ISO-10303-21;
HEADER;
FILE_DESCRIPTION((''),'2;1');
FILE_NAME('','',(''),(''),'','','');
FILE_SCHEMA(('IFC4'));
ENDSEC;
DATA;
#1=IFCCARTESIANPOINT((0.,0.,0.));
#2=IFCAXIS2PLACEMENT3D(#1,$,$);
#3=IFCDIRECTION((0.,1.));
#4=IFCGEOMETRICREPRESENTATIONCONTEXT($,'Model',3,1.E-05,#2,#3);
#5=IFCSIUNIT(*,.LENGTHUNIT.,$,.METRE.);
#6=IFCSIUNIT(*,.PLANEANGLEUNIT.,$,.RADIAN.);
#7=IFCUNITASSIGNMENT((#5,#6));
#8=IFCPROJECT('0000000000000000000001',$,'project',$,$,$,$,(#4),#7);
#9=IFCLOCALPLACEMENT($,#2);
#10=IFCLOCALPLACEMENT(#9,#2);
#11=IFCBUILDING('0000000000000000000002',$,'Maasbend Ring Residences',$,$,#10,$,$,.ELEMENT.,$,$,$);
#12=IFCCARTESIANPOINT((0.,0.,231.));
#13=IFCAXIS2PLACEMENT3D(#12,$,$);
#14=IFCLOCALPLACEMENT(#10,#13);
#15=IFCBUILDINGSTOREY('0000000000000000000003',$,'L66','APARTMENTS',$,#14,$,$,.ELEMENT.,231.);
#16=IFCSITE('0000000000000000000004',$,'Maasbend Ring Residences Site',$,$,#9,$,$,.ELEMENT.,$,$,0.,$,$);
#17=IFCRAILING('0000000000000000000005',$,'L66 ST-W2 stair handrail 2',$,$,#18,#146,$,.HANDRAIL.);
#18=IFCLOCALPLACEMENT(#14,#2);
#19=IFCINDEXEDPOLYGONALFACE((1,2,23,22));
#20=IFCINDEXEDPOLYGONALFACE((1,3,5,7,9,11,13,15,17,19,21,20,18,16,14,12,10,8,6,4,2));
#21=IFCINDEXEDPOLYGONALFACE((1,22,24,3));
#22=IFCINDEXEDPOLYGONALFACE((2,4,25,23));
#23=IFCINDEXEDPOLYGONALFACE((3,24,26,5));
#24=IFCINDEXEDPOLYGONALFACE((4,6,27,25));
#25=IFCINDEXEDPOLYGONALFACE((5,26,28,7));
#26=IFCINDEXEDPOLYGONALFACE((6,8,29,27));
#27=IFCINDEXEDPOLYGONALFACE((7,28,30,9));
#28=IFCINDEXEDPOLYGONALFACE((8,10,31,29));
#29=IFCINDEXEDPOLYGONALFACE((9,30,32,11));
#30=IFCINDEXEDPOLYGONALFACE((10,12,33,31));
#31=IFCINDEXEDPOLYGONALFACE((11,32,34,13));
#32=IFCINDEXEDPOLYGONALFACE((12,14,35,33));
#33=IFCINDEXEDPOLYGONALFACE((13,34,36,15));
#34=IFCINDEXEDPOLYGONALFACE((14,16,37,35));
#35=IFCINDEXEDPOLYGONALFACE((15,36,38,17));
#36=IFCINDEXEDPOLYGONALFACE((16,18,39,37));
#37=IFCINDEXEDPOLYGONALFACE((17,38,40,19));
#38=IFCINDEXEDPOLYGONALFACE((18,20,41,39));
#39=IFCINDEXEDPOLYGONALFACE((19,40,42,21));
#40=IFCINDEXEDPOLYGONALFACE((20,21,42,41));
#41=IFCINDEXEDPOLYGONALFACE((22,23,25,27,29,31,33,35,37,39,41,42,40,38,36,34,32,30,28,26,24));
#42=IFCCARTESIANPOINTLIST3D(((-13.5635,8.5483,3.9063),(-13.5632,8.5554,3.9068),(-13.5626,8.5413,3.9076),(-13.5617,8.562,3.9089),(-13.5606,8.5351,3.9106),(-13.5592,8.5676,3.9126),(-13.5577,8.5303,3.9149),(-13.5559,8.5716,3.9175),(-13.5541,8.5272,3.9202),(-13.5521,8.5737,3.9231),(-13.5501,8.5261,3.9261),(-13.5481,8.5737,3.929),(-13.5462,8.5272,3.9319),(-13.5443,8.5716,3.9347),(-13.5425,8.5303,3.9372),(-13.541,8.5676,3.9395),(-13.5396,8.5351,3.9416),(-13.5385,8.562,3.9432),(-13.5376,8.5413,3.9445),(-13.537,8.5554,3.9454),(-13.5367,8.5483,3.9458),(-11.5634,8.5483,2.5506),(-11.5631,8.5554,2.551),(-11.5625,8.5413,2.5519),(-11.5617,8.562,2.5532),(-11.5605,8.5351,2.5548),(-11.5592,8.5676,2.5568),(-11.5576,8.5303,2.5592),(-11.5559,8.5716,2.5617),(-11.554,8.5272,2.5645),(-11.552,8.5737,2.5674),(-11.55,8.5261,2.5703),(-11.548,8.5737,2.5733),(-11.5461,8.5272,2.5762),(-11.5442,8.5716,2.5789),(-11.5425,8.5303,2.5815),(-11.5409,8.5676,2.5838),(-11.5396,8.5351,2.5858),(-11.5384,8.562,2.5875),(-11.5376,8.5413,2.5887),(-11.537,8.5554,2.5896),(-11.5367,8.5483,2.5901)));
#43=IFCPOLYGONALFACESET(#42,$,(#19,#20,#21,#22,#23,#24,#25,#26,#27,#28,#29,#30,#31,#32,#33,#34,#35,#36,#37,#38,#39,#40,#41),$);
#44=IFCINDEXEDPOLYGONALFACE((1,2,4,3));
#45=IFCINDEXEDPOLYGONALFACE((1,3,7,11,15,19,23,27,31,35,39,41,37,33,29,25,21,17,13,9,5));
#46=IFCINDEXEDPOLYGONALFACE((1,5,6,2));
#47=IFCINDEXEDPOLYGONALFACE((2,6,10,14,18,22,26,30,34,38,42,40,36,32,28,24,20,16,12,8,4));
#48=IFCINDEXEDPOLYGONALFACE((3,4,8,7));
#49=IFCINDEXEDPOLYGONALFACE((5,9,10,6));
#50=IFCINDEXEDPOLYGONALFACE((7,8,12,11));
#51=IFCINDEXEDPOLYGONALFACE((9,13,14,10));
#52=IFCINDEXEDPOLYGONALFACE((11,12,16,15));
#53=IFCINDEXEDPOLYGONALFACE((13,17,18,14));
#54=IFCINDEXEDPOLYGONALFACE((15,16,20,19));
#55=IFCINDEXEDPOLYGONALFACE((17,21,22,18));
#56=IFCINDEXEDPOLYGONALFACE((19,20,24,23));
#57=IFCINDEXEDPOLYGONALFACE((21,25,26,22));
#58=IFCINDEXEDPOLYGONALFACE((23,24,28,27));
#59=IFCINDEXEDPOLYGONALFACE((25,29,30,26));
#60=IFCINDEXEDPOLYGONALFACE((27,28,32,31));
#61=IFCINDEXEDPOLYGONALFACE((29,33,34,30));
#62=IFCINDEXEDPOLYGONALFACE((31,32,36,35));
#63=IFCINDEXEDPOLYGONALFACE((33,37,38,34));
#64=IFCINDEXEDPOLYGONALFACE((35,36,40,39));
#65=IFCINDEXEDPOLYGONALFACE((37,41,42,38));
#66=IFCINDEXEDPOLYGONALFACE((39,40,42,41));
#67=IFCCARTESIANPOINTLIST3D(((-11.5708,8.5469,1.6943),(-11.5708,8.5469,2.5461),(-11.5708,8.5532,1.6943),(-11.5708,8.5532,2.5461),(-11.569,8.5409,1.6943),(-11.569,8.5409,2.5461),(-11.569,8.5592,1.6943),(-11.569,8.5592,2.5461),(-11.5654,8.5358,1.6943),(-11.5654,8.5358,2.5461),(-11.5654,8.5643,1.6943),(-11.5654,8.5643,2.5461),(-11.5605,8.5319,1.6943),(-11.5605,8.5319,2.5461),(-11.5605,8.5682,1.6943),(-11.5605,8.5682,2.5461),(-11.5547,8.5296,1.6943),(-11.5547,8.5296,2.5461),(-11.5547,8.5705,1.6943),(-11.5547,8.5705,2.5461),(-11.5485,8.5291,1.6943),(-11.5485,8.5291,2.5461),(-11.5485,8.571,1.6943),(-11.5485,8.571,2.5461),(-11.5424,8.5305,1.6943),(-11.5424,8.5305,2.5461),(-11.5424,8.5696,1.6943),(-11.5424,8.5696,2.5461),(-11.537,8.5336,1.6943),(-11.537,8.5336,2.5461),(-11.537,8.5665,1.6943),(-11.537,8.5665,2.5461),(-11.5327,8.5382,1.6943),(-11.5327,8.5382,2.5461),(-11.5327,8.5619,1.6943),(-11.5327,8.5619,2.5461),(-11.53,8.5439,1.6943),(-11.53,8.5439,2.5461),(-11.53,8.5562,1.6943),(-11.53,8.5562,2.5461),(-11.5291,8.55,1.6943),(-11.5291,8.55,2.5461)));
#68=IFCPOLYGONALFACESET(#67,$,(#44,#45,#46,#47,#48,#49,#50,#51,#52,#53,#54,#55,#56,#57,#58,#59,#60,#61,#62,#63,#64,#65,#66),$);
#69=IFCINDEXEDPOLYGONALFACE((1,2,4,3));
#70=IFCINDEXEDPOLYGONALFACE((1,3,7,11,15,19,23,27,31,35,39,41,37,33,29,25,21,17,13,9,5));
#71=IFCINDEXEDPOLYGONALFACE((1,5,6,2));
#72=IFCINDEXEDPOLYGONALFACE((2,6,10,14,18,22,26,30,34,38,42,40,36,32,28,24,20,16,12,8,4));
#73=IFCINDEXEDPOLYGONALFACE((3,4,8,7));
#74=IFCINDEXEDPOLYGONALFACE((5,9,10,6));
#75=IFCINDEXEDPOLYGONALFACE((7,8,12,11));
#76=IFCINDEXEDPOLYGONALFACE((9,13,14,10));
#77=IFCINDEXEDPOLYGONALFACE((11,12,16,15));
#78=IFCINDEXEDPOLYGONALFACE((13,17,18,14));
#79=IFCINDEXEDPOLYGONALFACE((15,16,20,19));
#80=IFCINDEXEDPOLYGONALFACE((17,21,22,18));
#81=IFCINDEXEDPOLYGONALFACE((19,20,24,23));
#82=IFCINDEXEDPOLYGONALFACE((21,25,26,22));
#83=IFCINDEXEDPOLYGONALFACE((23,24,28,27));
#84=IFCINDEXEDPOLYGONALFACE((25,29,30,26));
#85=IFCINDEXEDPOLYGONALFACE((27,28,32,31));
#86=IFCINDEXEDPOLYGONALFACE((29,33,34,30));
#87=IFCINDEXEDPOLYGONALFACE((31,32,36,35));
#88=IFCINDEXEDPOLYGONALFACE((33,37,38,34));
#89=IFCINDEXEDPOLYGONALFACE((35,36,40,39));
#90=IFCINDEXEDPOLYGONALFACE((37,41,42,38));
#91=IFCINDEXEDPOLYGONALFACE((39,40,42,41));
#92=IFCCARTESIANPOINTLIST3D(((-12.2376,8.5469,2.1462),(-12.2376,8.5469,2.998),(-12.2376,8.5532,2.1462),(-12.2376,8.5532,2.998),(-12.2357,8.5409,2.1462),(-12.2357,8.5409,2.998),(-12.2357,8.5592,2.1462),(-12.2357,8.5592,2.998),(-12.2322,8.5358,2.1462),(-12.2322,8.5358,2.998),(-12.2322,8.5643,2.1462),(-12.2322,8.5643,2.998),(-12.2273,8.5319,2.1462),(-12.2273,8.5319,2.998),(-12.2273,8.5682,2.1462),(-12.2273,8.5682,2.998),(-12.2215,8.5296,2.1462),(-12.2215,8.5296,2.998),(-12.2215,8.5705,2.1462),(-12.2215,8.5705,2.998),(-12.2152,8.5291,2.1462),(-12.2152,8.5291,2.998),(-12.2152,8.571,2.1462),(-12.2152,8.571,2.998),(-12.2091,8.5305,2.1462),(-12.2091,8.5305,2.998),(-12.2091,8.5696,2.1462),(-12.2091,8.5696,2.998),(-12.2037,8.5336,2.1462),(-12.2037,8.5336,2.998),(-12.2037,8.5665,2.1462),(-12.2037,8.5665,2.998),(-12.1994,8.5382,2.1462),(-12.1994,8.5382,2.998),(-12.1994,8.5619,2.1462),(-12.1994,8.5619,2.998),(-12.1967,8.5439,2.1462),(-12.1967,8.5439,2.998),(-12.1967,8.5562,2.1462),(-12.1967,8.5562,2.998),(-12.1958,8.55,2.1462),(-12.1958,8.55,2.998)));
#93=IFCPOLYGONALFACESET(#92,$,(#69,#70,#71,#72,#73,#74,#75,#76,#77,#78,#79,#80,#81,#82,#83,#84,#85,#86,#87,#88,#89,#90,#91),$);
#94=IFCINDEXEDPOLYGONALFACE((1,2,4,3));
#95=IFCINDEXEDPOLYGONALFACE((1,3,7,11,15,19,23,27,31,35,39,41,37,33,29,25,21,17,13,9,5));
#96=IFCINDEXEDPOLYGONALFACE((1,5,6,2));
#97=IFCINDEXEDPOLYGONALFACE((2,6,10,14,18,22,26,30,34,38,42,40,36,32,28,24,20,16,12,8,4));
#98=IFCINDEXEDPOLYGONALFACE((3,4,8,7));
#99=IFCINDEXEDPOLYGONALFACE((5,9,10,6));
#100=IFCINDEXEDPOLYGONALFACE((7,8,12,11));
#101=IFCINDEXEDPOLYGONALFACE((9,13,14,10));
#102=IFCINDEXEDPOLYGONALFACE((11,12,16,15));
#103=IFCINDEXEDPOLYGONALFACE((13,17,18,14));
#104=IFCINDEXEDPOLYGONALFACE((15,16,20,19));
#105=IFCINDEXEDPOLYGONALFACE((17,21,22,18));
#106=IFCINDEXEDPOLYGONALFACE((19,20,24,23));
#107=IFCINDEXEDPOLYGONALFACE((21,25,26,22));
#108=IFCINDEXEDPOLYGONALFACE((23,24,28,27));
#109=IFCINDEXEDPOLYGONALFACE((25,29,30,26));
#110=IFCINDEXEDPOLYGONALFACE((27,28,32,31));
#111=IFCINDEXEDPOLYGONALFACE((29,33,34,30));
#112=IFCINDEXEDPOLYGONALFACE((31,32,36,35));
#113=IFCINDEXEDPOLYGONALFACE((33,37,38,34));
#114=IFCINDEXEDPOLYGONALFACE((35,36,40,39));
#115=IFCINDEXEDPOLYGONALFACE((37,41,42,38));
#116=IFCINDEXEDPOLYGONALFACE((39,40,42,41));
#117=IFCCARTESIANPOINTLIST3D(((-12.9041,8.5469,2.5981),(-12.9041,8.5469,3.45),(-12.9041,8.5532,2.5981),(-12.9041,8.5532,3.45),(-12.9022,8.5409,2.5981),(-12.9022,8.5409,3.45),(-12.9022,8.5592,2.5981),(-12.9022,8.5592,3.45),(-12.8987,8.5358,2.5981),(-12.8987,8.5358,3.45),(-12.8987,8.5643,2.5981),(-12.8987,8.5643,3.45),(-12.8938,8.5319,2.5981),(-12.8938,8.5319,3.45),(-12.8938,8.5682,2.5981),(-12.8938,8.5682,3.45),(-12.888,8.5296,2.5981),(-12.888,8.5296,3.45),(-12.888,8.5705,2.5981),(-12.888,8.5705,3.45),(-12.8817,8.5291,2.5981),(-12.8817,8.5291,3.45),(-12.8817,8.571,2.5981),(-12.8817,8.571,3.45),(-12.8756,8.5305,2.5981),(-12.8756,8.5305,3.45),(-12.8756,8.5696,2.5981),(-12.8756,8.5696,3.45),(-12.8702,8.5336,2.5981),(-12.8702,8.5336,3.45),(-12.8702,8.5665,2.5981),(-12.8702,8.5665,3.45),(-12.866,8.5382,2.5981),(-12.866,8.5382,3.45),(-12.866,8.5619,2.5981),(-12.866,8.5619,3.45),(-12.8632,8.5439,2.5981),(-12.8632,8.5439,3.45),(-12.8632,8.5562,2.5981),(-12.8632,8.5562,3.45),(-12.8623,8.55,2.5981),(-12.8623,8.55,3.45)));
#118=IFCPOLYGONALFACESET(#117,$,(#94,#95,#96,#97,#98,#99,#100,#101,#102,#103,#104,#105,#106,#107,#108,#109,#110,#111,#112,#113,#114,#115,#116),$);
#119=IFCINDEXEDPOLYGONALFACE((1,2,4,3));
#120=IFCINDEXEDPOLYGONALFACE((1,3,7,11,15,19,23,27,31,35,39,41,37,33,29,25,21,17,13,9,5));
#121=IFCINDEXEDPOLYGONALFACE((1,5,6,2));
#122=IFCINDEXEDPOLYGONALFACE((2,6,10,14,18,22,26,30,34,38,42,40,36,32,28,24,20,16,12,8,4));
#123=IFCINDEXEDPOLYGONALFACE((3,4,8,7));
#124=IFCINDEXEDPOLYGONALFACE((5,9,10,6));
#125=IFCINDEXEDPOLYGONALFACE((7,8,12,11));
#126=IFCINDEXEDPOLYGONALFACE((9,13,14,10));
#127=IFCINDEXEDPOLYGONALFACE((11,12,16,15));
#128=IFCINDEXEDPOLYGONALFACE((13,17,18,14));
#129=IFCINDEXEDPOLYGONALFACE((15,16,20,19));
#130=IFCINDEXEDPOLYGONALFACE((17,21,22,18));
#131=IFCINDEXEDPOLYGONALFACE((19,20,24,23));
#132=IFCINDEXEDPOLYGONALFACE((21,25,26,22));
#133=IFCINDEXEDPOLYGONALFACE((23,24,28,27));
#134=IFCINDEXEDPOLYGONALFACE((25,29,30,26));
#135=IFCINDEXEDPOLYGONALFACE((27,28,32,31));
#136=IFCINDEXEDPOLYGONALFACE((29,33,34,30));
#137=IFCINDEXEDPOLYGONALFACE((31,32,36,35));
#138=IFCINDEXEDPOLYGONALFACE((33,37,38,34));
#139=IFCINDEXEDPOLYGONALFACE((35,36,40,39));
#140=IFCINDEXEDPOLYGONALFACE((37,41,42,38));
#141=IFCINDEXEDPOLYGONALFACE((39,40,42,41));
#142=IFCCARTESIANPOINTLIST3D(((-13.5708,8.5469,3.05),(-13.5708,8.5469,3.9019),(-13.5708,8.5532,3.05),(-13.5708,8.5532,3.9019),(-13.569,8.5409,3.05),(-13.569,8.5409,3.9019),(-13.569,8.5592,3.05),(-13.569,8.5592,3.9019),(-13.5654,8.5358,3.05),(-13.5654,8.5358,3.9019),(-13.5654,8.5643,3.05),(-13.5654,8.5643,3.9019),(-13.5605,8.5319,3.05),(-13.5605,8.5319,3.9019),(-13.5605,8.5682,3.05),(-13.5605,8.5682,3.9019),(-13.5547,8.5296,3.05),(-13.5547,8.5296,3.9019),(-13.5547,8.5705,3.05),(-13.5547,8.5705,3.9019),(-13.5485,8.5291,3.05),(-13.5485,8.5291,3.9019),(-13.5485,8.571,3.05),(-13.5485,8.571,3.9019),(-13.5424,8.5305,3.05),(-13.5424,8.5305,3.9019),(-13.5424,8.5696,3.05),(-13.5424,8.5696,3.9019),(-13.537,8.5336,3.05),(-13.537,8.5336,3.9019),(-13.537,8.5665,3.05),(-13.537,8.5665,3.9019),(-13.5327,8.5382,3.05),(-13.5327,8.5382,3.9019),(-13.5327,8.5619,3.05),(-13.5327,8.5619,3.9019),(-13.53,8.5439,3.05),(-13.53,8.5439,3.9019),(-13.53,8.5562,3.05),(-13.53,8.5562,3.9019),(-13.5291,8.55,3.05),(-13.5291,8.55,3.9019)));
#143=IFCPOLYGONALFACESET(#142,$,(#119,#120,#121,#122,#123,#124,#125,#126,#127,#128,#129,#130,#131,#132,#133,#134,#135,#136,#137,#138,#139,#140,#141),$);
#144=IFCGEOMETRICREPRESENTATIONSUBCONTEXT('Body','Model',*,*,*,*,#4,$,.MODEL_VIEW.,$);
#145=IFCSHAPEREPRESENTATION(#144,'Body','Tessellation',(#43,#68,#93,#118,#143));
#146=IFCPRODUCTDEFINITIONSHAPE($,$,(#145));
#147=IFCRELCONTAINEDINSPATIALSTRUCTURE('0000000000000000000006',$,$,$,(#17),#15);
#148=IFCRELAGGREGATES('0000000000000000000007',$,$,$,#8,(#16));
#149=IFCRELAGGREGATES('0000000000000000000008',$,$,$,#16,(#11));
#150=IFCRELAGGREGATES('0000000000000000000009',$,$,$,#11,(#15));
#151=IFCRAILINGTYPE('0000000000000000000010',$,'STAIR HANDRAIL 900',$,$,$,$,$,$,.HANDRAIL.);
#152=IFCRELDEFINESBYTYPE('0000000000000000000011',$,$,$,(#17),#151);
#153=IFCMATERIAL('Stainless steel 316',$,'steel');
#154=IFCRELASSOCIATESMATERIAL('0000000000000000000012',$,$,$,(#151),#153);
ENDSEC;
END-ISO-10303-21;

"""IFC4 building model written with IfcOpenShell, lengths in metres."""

from ifc_helpers import new_model, si_unit, direction, frame, origin, origin_2d, place, context, subcontext, project, spatial, circle, extrude, material, type_object, element, save


model = new_model("IFC4")

# Units and contexts
model_context = context("Model", 3, precision=1e-05, world=origin(), true_north=direction((0.0, 1.0)))
body_context = subcontext(model_context, "Body", "Model", "MODEL_VIEW")
ifc_project = project(units=[si_unit("LENGTHUNIT", "METRE"), si_unit("PLANEANGLEUNIT", "RADIAN")], contexts=[model_context])

# Site, building, storey
site_placement = place(None, origin())
site = spatial("IfcSite", under=ifc_project, at=site_placement, Name="Maasbend Ring Residences Site", CompositionType="ELEMENT", RefElevation=0.0)
building_placement = place(site_placement, origin())
building = spatial("IfcBuilding", under=site, at=building_placement, Name="Maasbend Ring Residences", CompositionType="ELEMENT")
storey_placement = place(building_placement, frame((0.0, 0.0, 231.0)))
storey = spatial("IfcBuildingStorey", under=building, at=storey_placement, Name="L66", Description="APARTMENTS", CompositionType="ELEMENT", Elevation=231.0)

# Railing
ifc_material_1 = material(Name="Stainless steel 316", Category="steel")
railing_type_1 = type_object("IfcRailingType", Name="STAIR HANDRAIL 900", PredefinedType="HANDRAIL", material=ifc_material_1)
railing_1_placement = place(storey_placement, frame((-11.55, 8.55, 1.6943)))
element("IfcRailing", 1, at=railing_1_placement, inside=storey, type_object=railing_type_1, Name="L66 ST-W2 stair handrail 2", PredefinedType="HANDRAIL", context=body_context, shape_type="SweptSolid", body=[
    extrude(circle(Radius=0.0239, at=origin_2d()), frame((0.0, 0.0, 0.876), z_axis=(-0.827751, 0.0, 0.561096), x_axis=(0.0, -1.0, 0.0)), (0.0, 0.0, 1.0), 2.4163),
    extrude(circle(Radius=0.021, at=origin_2d()), origin(), (0.0, 0.0, 1.0), 0.8518),
    extrude(circle(Radius=0.021, at=origin_2d()), frame((-0.6667, 0.0, 0.4519)), (0.0, 0.0, 1.0), 0.8518),
    extrude(circle(Radius=0.021, at=origin_2d()), frame((-1.3333, 0.0, 0.9038)), (0.0, 0.0, 1.0), 0.8518),
    extrude(circle(Radius=0.021, at=origin_2d()), frame((-2.0, 0.0, 1.3557)), (0.0, 0.0, 1.0), 0.8518),
])

save(model, "model.ifc")
